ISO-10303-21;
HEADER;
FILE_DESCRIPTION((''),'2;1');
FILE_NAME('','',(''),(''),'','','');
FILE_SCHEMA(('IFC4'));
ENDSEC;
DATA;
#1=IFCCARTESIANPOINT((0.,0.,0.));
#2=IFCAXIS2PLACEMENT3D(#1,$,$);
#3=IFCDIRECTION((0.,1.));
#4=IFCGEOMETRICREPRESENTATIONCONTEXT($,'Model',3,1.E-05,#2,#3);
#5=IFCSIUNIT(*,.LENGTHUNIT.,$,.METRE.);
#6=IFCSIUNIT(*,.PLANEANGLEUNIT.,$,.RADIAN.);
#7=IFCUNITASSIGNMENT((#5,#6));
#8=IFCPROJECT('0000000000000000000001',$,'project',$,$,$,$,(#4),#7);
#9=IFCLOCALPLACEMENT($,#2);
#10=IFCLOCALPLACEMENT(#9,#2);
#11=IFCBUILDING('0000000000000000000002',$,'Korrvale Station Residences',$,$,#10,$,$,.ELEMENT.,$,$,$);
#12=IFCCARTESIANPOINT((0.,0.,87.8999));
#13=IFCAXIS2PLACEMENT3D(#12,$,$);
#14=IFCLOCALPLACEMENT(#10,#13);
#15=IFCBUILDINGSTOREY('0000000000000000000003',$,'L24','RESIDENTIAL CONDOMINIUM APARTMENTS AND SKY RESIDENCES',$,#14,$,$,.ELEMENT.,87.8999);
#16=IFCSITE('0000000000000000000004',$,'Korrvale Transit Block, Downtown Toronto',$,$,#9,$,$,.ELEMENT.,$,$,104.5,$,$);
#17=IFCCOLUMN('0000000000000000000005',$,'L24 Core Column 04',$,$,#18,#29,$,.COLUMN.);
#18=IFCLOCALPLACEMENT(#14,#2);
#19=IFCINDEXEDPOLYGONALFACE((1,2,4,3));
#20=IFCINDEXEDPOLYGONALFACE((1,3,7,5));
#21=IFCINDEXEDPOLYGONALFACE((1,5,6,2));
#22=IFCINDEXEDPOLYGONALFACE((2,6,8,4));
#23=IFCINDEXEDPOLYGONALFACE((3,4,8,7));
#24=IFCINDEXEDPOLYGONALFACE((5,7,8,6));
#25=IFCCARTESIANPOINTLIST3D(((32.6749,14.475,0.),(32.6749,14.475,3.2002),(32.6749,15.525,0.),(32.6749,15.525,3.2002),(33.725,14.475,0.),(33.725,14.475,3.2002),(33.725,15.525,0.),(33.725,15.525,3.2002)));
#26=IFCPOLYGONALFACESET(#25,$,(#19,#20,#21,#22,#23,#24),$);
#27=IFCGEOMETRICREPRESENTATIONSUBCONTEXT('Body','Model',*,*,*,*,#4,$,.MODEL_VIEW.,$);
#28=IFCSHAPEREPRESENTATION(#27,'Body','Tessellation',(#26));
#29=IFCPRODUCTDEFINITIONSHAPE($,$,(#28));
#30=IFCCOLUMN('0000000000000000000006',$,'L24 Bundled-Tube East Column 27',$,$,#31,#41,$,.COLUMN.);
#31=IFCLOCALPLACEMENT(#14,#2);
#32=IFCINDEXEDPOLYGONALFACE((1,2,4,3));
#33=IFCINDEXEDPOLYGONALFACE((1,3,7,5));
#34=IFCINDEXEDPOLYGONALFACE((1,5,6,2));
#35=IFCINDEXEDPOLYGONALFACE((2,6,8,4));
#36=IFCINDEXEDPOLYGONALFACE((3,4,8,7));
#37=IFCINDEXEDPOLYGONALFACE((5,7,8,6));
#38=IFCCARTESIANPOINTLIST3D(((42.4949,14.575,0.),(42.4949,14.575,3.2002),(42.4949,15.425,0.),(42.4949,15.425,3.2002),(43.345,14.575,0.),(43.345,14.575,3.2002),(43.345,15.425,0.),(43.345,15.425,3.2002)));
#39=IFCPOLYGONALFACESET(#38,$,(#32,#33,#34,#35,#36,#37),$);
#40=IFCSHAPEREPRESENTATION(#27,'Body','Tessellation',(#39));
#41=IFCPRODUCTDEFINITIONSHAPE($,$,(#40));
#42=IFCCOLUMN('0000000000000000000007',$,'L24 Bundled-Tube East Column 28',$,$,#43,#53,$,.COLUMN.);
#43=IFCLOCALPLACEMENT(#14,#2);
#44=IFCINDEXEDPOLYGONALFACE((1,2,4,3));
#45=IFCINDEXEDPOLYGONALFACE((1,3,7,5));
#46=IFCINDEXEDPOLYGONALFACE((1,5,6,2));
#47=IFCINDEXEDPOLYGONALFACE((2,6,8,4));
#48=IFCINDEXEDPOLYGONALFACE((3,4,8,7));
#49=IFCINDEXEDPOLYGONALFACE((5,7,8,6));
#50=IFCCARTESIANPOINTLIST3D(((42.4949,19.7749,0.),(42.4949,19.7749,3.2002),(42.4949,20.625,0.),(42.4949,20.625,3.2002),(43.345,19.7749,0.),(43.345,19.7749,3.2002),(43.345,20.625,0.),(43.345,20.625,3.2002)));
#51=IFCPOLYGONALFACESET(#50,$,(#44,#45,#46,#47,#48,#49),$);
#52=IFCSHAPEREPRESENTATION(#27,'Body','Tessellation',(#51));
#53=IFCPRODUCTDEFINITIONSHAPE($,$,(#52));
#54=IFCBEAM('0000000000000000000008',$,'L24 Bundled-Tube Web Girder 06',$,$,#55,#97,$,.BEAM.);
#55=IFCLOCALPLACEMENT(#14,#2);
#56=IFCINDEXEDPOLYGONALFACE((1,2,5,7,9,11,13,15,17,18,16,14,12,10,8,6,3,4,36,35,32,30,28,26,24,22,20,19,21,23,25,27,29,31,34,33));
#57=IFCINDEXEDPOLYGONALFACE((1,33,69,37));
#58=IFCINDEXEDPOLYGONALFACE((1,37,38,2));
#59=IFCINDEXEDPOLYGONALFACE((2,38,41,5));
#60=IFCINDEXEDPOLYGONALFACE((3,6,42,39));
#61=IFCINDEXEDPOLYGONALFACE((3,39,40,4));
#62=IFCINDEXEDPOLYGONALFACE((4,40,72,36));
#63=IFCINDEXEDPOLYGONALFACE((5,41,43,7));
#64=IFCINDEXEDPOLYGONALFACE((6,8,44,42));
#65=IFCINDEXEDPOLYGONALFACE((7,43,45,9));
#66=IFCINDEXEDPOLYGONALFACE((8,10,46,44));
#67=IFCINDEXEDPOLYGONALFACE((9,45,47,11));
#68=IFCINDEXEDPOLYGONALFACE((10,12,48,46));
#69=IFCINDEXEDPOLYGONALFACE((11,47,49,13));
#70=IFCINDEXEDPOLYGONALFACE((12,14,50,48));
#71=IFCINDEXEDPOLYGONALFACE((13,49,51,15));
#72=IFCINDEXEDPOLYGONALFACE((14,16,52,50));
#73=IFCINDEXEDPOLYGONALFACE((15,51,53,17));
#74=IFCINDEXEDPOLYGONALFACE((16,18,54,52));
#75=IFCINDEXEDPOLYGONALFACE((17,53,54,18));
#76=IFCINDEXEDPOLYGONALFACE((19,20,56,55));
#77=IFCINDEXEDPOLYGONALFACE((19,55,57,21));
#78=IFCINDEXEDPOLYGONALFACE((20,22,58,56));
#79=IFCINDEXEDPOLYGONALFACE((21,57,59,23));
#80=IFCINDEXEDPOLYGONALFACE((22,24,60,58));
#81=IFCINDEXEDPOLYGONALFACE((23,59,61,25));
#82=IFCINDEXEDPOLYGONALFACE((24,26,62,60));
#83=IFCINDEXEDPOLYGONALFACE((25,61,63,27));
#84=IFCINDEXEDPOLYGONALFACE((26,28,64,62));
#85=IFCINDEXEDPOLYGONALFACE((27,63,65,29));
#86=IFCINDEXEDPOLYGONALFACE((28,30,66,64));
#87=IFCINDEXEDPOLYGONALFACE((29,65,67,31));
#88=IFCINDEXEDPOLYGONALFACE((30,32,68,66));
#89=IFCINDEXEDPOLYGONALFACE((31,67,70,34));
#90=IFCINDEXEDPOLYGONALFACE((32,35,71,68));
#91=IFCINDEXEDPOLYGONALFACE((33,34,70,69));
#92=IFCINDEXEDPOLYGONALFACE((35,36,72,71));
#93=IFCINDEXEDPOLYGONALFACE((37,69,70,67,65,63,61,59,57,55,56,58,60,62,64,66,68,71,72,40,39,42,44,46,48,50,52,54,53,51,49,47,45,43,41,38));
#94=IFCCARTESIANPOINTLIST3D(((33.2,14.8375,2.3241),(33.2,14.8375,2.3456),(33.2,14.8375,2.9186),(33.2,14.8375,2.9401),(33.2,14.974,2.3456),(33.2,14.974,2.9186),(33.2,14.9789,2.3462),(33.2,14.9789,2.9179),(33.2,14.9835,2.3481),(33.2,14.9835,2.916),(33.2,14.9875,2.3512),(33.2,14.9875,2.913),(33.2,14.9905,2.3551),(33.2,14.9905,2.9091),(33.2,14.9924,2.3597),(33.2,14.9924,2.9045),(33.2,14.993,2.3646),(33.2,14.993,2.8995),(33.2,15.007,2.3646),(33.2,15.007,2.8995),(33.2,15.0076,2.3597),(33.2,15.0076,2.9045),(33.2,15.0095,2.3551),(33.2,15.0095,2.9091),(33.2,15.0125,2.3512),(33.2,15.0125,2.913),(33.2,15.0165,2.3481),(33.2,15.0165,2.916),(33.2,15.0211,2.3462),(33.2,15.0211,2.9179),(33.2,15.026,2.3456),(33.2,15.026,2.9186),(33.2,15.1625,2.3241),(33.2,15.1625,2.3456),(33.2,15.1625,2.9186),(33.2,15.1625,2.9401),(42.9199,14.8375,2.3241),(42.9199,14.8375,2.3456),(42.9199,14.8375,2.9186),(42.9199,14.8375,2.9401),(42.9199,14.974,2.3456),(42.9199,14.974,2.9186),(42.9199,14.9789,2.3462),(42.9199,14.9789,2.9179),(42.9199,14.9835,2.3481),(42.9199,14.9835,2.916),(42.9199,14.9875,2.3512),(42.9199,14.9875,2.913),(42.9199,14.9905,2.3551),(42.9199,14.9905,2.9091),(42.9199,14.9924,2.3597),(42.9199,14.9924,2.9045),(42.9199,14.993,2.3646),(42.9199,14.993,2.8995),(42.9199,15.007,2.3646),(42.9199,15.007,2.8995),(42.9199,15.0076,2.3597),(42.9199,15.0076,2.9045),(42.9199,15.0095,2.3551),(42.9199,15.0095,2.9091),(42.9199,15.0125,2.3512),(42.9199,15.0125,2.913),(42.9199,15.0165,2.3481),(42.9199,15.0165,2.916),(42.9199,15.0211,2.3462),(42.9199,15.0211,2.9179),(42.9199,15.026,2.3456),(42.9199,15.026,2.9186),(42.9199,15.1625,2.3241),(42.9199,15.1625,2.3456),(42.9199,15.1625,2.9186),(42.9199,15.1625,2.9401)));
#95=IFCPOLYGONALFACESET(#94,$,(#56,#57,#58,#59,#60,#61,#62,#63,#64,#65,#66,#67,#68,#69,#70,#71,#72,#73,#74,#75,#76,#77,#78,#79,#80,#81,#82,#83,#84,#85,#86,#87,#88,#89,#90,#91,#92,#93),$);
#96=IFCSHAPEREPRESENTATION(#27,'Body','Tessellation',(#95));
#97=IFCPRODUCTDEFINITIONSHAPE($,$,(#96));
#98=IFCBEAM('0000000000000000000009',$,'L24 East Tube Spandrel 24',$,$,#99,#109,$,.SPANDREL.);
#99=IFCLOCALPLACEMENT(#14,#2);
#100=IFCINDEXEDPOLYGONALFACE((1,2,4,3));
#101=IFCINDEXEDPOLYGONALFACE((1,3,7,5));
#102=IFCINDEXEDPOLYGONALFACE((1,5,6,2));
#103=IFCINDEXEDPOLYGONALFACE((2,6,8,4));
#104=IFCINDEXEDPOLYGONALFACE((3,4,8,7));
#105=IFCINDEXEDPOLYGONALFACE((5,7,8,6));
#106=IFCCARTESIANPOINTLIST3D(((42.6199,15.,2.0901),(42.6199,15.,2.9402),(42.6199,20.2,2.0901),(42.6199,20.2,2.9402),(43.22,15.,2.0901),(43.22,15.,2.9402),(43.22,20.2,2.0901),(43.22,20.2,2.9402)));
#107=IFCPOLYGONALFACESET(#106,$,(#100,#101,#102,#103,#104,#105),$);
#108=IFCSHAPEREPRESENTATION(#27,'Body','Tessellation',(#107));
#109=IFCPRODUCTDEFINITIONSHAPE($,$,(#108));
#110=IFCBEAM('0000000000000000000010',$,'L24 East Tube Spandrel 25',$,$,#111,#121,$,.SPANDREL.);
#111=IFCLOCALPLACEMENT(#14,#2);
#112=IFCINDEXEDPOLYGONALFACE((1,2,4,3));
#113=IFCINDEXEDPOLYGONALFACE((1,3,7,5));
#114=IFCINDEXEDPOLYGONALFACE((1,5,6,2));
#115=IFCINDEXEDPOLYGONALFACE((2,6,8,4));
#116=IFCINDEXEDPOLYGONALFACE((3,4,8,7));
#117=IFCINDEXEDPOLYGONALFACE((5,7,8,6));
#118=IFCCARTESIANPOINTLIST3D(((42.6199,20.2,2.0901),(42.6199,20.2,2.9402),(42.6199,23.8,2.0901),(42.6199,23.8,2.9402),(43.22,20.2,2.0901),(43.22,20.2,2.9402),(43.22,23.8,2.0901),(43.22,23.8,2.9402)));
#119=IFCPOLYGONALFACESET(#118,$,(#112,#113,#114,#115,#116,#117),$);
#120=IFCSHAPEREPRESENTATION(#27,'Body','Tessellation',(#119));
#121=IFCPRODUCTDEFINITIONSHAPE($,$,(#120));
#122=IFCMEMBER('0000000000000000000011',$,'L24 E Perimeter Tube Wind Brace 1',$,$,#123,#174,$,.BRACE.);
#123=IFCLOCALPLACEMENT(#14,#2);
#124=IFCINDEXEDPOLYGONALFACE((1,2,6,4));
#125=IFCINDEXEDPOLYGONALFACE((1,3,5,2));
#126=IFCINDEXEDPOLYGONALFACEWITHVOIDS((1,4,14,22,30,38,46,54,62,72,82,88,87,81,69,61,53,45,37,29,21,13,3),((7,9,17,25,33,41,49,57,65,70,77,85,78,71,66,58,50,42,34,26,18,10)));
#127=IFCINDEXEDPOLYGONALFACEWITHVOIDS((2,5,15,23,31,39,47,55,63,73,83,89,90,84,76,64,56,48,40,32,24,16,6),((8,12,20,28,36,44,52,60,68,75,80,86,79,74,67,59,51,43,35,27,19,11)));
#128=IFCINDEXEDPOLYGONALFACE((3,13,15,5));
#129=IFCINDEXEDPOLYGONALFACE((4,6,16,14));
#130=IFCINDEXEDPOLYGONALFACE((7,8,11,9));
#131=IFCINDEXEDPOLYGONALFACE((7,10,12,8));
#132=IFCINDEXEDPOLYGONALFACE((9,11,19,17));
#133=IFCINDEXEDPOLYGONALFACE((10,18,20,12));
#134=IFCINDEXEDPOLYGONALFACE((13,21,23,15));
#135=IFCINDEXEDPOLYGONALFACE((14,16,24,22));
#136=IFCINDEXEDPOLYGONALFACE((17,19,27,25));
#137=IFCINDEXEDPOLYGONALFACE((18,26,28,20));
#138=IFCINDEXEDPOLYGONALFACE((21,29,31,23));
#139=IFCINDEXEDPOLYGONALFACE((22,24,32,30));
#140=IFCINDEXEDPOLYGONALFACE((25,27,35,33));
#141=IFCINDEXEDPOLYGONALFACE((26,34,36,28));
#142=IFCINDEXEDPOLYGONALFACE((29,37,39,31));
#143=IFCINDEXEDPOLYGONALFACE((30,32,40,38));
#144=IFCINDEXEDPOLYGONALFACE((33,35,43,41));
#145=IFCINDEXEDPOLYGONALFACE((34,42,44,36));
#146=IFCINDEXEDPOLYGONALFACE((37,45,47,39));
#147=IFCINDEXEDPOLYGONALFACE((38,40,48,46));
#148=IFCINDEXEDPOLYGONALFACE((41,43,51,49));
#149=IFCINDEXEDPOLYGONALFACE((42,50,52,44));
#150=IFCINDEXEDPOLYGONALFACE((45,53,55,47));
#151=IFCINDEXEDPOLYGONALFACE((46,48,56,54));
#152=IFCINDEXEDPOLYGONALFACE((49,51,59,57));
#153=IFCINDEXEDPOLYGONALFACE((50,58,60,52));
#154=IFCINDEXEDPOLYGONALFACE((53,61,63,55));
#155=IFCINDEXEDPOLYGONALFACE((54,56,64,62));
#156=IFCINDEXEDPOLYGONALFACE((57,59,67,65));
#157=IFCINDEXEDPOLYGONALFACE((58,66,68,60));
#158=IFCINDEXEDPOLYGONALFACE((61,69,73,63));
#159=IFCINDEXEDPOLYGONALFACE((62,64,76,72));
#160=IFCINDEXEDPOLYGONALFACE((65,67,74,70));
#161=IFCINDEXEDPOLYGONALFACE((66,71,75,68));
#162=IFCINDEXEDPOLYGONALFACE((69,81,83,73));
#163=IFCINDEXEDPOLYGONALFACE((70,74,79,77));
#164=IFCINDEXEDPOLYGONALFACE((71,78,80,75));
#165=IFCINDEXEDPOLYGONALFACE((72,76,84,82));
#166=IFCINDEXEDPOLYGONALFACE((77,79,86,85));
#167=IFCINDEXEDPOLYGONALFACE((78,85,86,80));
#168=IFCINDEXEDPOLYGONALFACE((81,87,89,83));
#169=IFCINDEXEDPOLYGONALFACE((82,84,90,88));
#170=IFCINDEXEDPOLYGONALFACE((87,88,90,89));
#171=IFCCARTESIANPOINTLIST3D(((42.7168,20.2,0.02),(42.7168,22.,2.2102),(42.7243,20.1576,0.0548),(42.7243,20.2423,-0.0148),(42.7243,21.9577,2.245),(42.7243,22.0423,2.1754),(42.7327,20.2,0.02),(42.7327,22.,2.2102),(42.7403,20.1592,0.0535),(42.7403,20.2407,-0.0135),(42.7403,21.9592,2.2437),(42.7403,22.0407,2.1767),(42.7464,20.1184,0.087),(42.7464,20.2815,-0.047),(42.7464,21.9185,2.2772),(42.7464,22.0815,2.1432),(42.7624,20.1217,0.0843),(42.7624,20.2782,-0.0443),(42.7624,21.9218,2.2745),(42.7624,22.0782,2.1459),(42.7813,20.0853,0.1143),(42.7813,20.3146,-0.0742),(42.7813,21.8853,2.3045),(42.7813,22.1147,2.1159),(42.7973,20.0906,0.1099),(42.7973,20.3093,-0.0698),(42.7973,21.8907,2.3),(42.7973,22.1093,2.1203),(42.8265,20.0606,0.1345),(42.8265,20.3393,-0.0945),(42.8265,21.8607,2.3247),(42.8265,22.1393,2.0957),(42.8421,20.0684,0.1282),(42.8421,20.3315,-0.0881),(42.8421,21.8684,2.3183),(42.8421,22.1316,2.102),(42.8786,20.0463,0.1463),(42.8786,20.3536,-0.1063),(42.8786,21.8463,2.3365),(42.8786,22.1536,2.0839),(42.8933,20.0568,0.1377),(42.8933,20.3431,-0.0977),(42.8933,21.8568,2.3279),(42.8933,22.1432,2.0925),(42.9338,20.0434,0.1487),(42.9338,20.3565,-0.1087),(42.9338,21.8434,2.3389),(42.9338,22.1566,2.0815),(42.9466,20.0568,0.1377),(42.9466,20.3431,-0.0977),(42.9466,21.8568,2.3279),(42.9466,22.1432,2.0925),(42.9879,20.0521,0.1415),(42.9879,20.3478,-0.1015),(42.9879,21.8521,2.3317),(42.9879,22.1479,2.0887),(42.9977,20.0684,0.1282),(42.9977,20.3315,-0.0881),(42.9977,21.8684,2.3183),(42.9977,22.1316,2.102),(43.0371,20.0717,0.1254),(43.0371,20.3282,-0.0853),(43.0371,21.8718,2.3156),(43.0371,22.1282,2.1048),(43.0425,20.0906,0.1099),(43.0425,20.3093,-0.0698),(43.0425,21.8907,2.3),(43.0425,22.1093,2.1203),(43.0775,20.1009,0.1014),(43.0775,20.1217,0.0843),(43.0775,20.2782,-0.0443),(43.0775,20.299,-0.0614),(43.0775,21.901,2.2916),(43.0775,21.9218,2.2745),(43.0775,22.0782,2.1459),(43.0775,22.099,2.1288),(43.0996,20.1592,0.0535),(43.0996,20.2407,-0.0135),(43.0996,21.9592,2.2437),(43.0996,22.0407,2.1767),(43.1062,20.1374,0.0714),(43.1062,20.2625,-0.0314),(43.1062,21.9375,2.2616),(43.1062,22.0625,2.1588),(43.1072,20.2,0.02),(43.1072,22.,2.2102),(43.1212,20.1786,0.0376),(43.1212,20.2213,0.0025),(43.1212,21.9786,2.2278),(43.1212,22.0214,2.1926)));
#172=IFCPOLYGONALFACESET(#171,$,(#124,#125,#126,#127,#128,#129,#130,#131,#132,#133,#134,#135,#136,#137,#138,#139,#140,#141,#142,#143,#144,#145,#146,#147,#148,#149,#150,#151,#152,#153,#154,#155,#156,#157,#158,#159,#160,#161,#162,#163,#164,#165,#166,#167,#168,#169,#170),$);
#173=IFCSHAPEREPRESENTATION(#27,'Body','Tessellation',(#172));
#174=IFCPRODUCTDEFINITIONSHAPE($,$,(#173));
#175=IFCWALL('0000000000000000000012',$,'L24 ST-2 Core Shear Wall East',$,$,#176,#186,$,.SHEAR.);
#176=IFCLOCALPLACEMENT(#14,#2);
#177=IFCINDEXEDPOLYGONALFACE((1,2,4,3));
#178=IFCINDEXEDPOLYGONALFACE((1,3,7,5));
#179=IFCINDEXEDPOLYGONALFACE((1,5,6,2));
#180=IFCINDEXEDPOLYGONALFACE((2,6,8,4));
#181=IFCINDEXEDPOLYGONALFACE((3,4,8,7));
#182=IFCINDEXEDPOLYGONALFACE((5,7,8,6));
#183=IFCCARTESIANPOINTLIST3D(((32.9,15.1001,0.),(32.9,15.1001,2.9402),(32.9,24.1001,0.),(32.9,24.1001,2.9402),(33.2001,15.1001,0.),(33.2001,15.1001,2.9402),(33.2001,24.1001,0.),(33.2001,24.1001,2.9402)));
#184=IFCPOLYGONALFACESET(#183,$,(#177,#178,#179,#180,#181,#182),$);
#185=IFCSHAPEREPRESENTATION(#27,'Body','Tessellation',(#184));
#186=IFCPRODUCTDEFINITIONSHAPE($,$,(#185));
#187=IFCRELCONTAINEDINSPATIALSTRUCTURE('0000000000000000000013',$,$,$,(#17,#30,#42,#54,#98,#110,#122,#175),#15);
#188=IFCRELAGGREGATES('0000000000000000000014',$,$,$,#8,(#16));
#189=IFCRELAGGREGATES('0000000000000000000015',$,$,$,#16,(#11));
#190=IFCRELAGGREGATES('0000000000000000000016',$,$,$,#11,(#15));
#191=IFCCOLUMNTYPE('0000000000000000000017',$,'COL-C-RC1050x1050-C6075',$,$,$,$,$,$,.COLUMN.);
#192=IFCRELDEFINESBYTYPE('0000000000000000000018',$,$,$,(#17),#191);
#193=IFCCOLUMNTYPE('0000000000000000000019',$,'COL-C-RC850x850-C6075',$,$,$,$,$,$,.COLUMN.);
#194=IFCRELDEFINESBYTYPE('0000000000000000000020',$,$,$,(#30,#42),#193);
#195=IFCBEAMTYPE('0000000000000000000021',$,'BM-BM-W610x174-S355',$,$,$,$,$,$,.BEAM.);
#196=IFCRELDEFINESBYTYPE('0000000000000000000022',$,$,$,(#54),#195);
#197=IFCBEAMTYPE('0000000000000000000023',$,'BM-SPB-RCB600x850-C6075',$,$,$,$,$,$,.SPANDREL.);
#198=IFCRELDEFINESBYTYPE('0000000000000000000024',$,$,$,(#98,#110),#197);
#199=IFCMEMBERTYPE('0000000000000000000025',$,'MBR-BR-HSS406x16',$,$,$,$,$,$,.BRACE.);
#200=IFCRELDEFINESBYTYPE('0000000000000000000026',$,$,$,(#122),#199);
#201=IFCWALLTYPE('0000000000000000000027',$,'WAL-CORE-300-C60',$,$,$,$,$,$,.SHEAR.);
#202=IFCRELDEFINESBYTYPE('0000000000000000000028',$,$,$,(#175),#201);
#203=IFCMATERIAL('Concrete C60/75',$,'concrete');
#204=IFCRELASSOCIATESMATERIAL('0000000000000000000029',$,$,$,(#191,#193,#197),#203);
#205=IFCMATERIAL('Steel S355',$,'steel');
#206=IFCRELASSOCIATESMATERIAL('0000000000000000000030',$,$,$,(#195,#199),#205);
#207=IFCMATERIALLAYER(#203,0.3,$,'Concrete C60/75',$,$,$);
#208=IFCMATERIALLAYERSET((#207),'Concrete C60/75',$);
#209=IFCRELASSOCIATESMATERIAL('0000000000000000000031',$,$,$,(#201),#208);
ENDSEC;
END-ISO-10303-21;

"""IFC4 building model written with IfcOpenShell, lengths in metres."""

from ifc_helpers import new_model, si_unit, direction, frame, frame_2d, origin, origin_2d, place, context, subcontext, project, spatial, rectangle, hollow_circle, i_section, extrude, material, layer, layer_set, material_profile, profile_set, type_object, element, save


model = new_model("IFC4")

# Units and contexts
model_context = context("Model", 3, precision=1e-05, world=origin(), true_north=direction((0.0, 1.0)))
body_context = subcontext(model_context, "Body", "Model", "MODEL_VIEW")
ifc_project = project(units=[si_unit("LENGTHUNIT", "METRE"), si_unit("PLANEANGLEUNIT", "RADIAN")], contexts=[model_context])

# Site, building, storey
site_placement = place(None, origin())
site = spatial("IfcSite", under=ifc_project, at=site_placement, Name="Korrvale Transit Block, Downtown Toronto", CompositionType="ELEMENT", RefElevation=104.5)
building_placement = place(site_placement, origin())
building = spatial("IfcBuilding", under=site, at=building_placement, Name="Korrvale Station Residences", CompositionType="ELEMENT")
storey_placement = place(building_placement, frame((0.0, 0.0, 87.8999)))
storey = spatial("IfcBuildingStorey", under=building, at=storey_placement, Name="L24", Description="RESIDENTIAL CONDOMINIUM APARTMENTS AND SKY RESIDENCES", CompositionType="ELEMENT", Elevation=87.8999)

# Columns
ifc_material_1 = material(Name="Concrete C60/75", Category="concrete")
ifc_material_profile_1 = material_profile(ifc_material_1, rectangle(XDim=1.05, YDim=1.05, at=origin_2d()), Name="RC1050x1050")
ifc_profile_set_1 = profile_set([ifc_material_profile_1], Name="Concrete C60/75")
column_type_1 = type_object("IfcColumnType", Name="COL-C-RC1050x1050-C6075", PredefinedType="COLUMN", material=ifc_profile_set_1)
column_placement = place(storey_placement, frame((33.2, 15.0, 0.0), z_axis=(0.0, 0.0, 1.0), x_axis=(1.0, 0.0, 0.0)))
element("IfcColumn", 1, at=column_placement, inside=storey, type_object=column_type_1, Name="L24 Core Column 04", PredefinedType="COLUMN", context=body_context, shape_type="SweptSolid", body=[
    extrude(rectangle(XDim=1.05, YDim=1.05, at=origin_2d()), origin(), (0.0, 0.0, 1.0), 3.2002),
])
ifc_material_profile_2 = material_profile(ifc_material_1, rectangle(XDim=0.8501, YDim=0.8501, at=origin_2d()), Name="RC850x850")
ifc_profile_set_2 = profile_set([ifc_material_profile_2], Name="Concrete C60/75")
column_type_2 = type_object("IfcColumnType", Name="COL-C-RC850x850-C6075", PredefinedType="COLUMN", material=ifc_profile_set_2)
for number, where, z_axis, x_axis, name in (
    (2, (42.9199, 15.0, 0.0), (0.0, 0.0, 1.0), (1.0, 0.0, 0.0), "L24 Bundled-Tube East Column 27"),
    (3, (42.9199, 20.2, 0.0), (0.0, 0.0, 1.0), (1.0, 0.0, 0.0), "L24 Bundled-Tube East Column 28"),
):
    element("IfcColumn", number, at=place(storey_placement, frame(where, z_axis=z_axis, x_axis=x_axis)), inside=storey, type_object=column_type_2, Name=name, PredefinedType="COLUMN", context=body_context, shape_type="SweptSolid", body=[
        extrude(rectangle(XDim=0.8501, YDim=0.8501, at=origin_2d()), origin(), (0.0, 0.0, 1.0), 3.2002),
    ])

# Beams
ifc_material_2 = material(Name="Steel S355", Category="steel")
ifc_material_profile_3 = material_profile(ifc_material_2, i_section(OverallWidth=0.325, OverallDepth=0.616, WebThickness=0.0139, FlangeThickness=0.0215, FilletRadius=0.019, at=origin_2d()), Name="W610x174")
ifc_profile_set_3 = profile_set([ifc_material_profile_3], Name="Steel S355")
beam_type_1 = type_object("IfcBeamType", Name="BM-BM-W610x174-S355", PredefinedType="BEAM", material=ifc_profile_set_3)
beam_1_placement = place(storey_placement, frame((33.2, 15.0, 2.6321), z_axis=(1.0, 0.0, 0.0), x_axis=(0.0, 1.0, 0.0)))
element("IfcBeam", 4, at=beam_1_placement, inside=storey, type_object=beam_type_1, Name="L24 Bundled-Tube Web Girder 06", PredefinedType="BEAM", context=body_context, shape_type="SweptSolid", body=[
    extrude(i_section(OverallWidth=0.325, OverallDepth=0.616, WebThickness=0.0139, FlangeThickness=0.0215, FilletRadius=0.019, at=origin_2d()), origin(), (0.0, 0.0, 1.0), 9.72),
])
ifc_material_profile_4 = material_profile(ifc_material_1, rectangle(XDim=0.6001, YDim=0.8501, at=origin_2d()), Name="RCB600x850")
ifc_profile_set_4 = profile_set([ifc_material_profile_4], Name="Concrete C60/75")
beam_type_2 = type_object("IfcBeamType", Name="BM-SPB-RCB600x850-C6075", PredefinedType="SPANDREL", material=ifc_profile_set_4)
beam_2_placement = place(storey_placement, frame((42.9199, 15.0, 2.5151), z_axis=(0.0, 1.0, 0.0), x_axis=(-1.0, 0.0, 0.0)))
element("IfcBeam", 5, at=beam_2_placement, inside=storey, type_object=beam_type_2, Name="L24 East Tube Spandrel 24", PredefinedType="SPANDREL", context=body_context, shape_type="SweptSolid", body=[
    extrude(rectangle(XDim=0.6001, YDim=0.8501, at=origin_2d()), origin(), (0.0, 0.0, 1.0), 5.2),
])
beam_3_placement = place(storey_placement, frame((42.9199, 20.2, 2.5151), z_axis=(0.0, 1.0, 0.0), x_axis=(-1.0, 0.0, 0.0)))
element("IfcBeam", 6, at=beam_3_placement, inside=storey, type_object=beam_type_2, Name="L24 East Tube Spandrel 25", PredefinedType="SPANDREL", context=body_context, shape_type="SweptSolid", body=[
    extrude(rectangle(XDim=0.6001, YDim=0.8501, at=origin_2d()), origin(), (0.0, 0.0, 1.0), 3.6001),
])

# Member
ifc_material_profile_5 = material_profile(ifc_material_2, hollow_circle(Radius=0.2031, WallThickness=0.0159, at=origin_2d()), Name="HSS406x16")
ifc_profile_set_5 = profile_set([ifc_material_profile_5], Name="Steel S355")
member_type = type_object("IfcMemberType", Name="MBR-BR-HSS406x16", PredefinedType="BRACE", material=ifc_profile_set_5)
member_placement = place(storey_placement, frame((42.9199, 20.2, 0.02), z_axis=(0.0, 0.634943, 0.772559), x_axis=(-1.0, 0.0, 0.0)))
element("IfcMember", 7, at=member_placement, inside=storey, type_object=member_type, Name="L24 E Perimeter Tube Wind Brace 1", PredefinedType="BRACE", context=body_context, shape_type="SweptSolid", body=[
    extrude(hollow_circle(Radius=0.2031, WallThickness=0.0159, at=origin_2d()), origin(), (0.0, 0.0, 1.0), 2.835),
])

# Wall
ifc_layer_1 = layer(ifc_material_1, 0.3, Name="Concrete C60/75")
ifc_layer_set_1 = layer_set([ifc_layer_1], Name="Concrete C60/75")
wall_type_1 = type_object("IfcWallType", Name="WAL-CORE-300-C60", PredefinedType="SHEAR", material=ifc_layer_set_1)
wall_1_placement = place(storey_placement, frame((33.05, 15.1001, 0.0), z_axis=(0.0, 0.0, 1.0), x_axis=(0.0, 1.0, 0.0)))
element("IfcWall", 8, at=wall_1_placement, inside=storey, type_object=wall_type_1, Name="L24 ST-2 Core Shear Wall East", PredefinedType="SHEAR", context=body_context, shape_type="SweptSolid", body=[
    extrude(rectangle(XDim=9.0, YDim=0.3, at=frame_2d((4.5, 0.0))), origin(), (0.0, 0.0, 1.0), 2.9402),
])

save(model, "model.ifc")
